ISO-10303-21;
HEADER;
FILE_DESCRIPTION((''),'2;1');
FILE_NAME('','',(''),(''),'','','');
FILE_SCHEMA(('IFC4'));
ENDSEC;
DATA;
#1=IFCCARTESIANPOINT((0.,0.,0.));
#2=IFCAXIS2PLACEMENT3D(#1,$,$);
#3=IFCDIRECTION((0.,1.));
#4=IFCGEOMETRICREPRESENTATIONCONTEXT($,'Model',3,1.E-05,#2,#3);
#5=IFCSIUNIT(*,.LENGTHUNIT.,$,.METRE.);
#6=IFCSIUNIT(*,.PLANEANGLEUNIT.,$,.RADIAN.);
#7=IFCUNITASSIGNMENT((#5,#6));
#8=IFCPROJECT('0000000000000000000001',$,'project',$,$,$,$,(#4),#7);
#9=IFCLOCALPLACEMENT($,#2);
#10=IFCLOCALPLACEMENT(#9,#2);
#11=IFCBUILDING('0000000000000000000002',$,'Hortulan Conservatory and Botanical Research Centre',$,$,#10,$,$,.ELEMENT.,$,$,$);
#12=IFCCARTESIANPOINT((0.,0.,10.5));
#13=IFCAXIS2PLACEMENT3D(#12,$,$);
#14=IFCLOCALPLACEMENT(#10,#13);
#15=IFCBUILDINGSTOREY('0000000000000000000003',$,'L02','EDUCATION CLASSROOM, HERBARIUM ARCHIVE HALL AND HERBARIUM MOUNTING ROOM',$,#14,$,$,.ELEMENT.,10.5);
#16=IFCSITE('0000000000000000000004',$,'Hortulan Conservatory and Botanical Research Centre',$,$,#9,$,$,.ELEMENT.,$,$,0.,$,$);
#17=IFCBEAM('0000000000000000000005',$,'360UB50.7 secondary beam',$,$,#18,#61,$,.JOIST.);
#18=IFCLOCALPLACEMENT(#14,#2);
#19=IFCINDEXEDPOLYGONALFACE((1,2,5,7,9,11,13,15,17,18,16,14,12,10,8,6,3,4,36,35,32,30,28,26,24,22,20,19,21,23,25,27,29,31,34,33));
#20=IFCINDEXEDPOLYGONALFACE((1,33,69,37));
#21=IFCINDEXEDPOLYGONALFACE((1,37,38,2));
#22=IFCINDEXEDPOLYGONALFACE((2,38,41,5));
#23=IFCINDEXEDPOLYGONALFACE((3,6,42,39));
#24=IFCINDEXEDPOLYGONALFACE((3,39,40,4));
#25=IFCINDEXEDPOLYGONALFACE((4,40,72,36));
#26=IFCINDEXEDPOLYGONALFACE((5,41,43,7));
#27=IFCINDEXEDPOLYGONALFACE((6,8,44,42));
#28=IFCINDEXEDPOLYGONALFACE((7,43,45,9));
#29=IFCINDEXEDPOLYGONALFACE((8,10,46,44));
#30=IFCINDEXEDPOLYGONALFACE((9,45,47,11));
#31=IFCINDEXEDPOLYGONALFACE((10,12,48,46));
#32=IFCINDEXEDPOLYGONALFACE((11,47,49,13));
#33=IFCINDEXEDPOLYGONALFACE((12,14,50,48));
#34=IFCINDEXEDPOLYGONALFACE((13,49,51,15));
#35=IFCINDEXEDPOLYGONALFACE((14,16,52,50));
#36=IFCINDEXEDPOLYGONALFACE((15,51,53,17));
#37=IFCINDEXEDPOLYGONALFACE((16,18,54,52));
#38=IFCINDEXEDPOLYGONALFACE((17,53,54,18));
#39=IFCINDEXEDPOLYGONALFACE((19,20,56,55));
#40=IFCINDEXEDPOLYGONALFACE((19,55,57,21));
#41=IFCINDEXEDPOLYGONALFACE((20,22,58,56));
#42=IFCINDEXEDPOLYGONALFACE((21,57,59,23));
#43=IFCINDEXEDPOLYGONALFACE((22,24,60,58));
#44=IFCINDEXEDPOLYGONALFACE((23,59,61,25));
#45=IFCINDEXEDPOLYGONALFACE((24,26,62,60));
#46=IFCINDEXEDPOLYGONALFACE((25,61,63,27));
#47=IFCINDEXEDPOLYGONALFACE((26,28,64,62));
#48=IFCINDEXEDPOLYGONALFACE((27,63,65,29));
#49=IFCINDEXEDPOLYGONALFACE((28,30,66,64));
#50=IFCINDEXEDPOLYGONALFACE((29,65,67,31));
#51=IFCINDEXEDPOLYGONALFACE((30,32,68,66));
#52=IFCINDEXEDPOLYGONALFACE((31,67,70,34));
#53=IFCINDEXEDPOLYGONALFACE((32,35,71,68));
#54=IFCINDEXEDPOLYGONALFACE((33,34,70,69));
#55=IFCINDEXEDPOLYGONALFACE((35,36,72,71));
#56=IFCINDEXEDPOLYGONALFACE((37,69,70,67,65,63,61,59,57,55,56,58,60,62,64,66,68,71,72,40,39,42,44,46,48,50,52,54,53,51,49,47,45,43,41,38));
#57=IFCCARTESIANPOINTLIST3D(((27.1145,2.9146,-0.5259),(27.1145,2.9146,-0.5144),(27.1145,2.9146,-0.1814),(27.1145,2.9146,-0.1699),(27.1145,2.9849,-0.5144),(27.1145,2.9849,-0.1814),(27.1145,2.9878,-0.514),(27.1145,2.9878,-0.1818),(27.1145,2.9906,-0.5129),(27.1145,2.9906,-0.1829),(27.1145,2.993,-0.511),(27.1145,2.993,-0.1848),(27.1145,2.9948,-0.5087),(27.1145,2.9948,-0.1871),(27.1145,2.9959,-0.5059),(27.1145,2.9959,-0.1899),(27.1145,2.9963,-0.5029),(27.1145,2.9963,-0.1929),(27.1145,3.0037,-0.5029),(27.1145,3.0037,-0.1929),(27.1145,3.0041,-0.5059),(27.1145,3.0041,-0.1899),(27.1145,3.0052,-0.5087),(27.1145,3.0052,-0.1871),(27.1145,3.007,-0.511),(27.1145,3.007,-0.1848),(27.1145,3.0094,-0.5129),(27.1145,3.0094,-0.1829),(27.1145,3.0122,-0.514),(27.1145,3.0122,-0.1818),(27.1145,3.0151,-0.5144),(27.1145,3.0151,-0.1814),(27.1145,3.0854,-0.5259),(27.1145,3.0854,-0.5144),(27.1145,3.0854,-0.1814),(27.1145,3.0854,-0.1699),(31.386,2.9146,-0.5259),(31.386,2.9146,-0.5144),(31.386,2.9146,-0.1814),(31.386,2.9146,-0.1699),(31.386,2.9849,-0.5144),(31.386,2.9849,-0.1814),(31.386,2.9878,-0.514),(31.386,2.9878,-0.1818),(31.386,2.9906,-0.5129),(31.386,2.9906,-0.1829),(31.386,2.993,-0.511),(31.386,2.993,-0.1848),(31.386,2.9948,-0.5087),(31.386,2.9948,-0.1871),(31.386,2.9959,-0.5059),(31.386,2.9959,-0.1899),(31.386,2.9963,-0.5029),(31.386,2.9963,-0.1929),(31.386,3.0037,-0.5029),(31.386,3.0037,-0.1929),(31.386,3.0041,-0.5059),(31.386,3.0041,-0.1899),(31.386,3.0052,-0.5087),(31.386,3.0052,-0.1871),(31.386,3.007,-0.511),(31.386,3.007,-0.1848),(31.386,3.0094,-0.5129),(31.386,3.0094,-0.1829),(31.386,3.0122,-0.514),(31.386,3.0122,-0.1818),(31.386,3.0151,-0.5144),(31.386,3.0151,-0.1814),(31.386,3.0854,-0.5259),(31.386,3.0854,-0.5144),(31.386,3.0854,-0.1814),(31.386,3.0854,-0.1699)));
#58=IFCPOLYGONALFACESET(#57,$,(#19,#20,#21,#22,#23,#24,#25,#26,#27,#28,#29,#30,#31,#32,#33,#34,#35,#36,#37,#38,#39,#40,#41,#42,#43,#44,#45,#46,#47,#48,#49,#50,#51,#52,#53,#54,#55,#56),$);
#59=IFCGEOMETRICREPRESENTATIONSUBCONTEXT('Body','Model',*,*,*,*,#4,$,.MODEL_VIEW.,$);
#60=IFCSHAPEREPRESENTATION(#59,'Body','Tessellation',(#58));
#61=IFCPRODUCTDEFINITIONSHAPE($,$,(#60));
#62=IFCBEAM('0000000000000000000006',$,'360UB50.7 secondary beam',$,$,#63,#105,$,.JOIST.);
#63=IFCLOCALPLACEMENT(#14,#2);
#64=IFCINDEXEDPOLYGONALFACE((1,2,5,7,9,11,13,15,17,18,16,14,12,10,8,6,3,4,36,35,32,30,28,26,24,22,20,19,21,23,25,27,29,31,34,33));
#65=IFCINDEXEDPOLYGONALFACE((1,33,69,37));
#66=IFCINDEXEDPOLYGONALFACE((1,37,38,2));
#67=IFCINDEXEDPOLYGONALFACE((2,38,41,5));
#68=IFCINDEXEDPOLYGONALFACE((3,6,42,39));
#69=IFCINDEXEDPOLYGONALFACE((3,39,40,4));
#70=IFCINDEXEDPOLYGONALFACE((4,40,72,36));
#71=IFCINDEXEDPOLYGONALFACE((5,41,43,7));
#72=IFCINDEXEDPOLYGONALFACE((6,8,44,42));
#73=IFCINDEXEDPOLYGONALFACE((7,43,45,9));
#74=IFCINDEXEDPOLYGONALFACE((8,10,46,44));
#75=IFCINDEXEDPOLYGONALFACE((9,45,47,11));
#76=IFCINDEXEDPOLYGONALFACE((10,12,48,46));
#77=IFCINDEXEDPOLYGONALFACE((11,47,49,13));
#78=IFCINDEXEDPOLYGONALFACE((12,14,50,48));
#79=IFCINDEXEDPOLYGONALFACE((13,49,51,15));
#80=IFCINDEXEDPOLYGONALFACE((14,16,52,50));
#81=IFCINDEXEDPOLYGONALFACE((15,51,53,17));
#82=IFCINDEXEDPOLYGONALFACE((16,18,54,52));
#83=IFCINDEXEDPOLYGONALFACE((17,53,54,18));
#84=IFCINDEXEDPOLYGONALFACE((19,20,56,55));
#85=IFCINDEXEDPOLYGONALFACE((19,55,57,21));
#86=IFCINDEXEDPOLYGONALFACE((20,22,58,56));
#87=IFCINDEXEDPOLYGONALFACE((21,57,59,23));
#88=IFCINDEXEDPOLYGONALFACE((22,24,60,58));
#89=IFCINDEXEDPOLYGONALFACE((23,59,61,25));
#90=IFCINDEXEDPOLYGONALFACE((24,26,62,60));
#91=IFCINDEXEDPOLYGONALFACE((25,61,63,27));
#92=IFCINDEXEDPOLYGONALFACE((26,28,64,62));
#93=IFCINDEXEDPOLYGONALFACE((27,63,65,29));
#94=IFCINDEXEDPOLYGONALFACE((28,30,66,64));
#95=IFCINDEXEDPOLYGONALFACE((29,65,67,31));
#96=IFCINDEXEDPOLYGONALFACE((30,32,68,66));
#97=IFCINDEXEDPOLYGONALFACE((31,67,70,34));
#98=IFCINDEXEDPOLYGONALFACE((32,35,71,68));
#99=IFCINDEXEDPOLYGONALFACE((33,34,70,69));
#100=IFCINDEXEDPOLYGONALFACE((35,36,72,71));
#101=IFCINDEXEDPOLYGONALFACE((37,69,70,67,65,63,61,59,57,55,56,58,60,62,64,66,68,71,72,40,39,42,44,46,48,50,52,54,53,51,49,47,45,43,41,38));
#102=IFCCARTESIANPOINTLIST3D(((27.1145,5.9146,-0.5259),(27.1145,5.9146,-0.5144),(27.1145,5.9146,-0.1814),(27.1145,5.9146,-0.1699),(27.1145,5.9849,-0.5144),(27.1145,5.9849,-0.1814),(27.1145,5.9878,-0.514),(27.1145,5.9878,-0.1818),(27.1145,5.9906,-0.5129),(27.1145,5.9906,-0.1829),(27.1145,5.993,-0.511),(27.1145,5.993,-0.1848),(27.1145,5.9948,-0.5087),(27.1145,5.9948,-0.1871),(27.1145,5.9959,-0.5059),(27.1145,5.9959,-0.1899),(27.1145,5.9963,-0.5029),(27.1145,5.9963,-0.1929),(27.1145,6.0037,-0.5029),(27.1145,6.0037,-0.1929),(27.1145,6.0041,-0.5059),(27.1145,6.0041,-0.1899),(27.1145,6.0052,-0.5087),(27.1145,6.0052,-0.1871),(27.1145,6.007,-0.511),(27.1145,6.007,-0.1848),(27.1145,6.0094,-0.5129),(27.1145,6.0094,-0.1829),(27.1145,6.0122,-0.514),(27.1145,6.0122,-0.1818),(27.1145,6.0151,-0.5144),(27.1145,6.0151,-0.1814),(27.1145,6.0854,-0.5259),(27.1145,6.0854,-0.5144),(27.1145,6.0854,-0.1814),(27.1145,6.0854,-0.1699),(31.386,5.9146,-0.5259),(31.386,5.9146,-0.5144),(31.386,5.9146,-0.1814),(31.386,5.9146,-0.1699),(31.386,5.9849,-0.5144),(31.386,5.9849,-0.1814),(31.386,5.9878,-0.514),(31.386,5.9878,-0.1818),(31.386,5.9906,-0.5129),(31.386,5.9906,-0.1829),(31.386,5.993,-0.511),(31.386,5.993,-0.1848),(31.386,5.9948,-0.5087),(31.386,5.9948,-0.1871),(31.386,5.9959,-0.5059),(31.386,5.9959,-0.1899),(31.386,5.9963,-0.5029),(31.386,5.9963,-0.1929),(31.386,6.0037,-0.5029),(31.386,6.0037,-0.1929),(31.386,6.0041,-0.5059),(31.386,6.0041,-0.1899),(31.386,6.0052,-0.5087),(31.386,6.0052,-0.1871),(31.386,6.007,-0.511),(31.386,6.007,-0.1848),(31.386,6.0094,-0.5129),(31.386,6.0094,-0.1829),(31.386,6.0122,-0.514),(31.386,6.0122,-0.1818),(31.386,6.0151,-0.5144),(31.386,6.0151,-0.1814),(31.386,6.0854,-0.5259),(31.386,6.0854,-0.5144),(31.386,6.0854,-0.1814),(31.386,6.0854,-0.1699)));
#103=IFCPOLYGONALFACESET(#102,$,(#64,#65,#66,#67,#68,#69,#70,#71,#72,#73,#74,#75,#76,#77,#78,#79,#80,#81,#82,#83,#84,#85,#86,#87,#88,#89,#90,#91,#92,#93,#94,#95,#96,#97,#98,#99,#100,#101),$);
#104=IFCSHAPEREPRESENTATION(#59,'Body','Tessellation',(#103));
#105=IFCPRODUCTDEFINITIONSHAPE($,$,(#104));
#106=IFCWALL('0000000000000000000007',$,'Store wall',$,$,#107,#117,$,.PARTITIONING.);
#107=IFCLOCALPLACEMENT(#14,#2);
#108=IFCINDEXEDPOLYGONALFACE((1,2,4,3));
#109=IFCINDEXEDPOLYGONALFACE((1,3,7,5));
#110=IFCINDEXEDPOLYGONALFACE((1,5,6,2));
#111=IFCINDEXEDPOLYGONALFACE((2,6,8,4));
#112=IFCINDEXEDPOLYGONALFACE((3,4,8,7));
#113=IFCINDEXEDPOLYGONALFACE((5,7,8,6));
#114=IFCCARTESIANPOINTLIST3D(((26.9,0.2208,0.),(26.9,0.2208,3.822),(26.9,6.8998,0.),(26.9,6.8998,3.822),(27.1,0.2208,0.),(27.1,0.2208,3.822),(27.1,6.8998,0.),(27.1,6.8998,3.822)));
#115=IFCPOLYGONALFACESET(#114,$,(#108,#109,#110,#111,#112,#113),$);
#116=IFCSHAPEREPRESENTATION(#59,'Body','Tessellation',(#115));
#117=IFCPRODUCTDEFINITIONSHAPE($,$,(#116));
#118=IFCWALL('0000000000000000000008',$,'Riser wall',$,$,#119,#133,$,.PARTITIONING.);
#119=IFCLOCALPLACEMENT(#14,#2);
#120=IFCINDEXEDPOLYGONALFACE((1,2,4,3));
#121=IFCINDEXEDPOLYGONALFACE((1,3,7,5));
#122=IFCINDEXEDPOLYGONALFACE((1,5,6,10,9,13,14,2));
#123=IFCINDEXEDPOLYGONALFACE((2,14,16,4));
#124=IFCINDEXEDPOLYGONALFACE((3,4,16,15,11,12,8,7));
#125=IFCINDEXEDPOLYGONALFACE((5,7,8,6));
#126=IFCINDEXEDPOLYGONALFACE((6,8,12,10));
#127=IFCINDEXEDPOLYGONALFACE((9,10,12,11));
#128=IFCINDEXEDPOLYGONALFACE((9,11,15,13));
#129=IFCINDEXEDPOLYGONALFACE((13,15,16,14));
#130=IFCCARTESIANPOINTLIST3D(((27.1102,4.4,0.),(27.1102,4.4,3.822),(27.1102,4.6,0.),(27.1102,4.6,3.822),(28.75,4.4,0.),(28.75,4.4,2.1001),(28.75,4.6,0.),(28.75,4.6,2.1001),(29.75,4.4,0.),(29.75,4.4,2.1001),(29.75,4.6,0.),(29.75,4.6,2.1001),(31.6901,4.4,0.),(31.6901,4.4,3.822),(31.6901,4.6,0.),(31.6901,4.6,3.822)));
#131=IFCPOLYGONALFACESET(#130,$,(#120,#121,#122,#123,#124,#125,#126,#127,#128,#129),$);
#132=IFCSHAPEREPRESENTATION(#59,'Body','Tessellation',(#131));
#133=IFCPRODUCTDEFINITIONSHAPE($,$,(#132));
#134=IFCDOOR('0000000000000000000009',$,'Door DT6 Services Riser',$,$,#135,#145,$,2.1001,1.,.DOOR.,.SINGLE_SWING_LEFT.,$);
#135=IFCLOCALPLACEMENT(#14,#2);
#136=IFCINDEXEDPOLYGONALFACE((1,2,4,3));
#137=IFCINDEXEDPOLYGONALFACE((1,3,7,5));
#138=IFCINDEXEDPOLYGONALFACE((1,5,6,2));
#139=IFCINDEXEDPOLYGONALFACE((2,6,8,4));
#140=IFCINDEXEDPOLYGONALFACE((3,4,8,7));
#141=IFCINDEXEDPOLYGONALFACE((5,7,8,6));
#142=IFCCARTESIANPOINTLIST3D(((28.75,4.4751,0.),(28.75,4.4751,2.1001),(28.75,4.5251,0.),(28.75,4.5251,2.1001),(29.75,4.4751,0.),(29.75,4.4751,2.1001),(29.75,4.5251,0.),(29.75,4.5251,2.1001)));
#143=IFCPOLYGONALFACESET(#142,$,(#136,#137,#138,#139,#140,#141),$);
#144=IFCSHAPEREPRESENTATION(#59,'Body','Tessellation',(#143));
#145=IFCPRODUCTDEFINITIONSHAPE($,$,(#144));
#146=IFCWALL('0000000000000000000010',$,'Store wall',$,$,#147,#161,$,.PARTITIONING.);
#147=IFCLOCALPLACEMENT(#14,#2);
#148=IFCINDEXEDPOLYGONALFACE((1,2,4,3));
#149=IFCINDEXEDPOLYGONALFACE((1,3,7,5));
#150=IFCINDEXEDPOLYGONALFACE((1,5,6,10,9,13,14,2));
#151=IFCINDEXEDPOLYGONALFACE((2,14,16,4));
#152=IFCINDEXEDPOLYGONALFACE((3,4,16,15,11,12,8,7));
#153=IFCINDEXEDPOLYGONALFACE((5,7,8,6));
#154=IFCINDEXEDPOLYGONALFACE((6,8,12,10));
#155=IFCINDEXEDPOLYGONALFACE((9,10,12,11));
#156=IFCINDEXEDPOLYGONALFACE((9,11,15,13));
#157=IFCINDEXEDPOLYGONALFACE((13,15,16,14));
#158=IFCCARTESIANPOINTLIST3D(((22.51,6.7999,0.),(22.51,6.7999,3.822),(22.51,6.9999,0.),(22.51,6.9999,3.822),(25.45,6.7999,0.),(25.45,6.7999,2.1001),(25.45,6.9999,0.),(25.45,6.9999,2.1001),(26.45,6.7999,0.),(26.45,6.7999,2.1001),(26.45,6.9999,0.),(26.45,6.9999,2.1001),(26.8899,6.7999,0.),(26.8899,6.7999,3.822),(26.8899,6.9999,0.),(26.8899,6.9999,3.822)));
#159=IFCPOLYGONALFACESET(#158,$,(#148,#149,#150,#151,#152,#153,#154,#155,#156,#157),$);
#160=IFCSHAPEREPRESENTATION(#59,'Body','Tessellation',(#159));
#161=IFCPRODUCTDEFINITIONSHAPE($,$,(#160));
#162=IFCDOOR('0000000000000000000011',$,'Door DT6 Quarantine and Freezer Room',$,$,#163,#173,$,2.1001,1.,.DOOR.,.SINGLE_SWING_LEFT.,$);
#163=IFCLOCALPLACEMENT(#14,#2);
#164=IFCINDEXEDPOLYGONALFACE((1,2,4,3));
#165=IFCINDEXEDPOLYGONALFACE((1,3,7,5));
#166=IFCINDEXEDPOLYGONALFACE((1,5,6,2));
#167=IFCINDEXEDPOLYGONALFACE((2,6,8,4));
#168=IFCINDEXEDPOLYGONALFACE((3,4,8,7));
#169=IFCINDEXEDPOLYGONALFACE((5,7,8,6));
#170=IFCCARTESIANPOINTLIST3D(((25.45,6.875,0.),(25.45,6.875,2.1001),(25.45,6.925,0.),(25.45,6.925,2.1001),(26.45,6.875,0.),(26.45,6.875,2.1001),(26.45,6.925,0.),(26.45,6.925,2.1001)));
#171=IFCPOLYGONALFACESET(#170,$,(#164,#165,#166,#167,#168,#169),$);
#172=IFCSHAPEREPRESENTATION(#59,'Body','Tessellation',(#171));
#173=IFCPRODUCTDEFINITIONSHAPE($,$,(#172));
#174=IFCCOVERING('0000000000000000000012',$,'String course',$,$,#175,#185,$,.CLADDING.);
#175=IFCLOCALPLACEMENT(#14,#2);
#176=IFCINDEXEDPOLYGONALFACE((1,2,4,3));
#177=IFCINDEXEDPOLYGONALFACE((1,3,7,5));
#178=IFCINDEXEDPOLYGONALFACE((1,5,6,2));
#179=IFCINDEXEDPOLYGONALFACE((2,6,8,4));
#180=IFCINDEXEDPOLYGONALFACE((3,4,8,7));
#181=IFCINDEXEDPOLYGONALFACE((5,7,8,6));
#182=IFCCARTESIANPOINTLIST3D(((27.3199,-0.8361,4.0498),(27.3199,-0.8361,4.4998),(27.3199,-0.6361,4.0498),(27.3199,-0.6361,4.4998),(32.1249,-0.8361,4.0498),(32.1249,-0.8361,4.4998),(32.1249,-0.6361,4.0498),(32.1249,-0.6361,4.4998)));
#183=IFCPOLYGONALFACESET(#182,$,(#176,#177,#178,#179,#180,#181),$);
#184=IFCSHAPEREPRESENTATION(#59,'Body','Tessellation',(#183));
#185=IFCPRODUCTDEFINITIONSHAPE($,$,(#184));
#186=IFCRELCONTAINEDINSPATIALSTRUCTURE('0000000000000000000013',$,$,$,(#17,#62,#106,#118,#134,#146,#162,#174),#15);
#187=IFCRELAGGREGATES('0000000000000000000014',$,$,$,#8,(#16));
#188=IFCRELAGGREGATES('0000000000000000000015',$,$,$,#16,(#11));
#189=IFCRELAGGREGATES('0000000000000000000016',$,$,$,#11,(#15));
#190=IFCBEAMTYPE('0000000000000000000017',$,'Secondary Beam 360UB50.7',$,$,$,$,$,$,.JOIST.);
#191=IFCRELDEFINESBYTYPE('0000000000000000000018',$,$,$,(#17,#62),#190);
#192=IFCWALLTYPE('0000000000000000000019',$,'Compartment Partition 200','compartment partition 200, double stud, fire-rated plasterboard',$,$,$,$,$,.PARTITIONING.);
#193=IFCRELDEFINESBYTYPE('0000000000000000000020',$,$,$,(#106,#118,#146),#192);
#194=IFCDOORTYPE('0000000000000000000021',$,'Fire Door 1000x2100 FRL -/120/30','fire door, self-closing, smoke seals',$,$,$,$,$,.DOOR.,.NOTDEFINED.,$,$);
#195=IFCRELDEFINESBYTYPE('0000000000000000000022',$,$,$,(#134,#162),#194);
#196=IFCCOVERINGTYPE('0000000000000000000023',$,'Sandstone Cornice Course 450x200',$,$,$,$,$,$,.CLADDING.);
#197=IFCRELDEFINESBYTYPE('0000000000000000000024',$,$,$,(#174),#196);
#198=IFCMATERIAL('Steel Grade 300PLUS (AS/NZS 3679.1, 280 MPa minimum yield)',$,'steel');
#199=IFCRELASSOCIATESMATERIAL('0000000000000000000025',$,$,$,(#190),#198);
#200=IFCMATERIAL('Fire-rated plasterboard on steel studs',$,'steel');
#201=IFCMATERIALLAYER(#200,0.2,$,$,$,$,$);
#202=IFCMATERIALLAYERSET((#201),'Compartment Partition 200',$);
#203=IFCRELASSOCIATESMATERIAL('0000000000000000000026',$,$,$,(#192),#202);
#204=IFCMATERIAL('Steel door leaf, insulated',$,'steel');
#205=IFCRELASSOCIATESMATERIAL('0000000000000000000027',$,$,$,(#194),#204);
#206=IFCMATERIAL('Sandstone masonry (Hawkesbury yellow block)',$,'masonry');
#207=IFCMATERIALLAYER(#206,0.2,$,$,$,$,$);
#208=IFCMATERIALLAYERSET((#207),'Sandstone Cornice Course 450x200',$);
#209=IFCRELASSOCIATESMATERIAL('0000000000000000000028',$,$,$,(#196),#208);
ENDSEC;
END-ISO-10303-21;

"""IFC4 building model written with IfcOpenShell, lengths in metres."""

from ifc_helpers import new_model, si_unit, direction, frame, frame_2d, origin, origin_2d, place, context, subcontext, project, spatial, rectangle, i_section, extrude, material, layer, layer_set, material_profile, profile_set, type_object, element, fill, save


model = new_model("IFC4")

# Units and contexts
model_context = context("Model", 3, precision=1e-05, world=origin(), true_north=direction((0.0, 1.0)))
body_context = subcontext(model_context, "Body", "Model", "MODEL_VIEW")
ifc_project = project(units=[si_unit("LENGTHUNIT", "METRE"), si_unit("PLANEANGLEUNIT", "RADIAN")], contexts=[model_context])

# Site, building, storey
site_placement = place(None, origin())
site = spatial("IfcSite", under=ifc_project, at=site_placement, Name="Hortulan Conservatory and Botanical Research Centre", CompositionType="ELEMENT", RefElevation=0.0)
building_placement = place(site_placement, origin())
building = spatial("IfcBuilding", under=site, at=building_placement, Name="Hortulan Conservatory and Botanical Research Centre", CompositionType="ELEMENT")
storey_placement = place(building_placement, frame((0.0, 0.0, 10.5)))
storey = spatial("IfcBuildingStorey", under=building, at=storey_placement, Name="L02", Description="EDUCATION CLASSROOM, HERBARIUM ARCHIVE HALL AND HERBARIUM MOUNTING ROOM", CompositionType="ELEMENT", Elevation=10.5)

# Beams
ifc_material_1 = material(Name="Steel Grade 300PLUS (AS/NZS 3679.1, 280 MPa minimum yield)", Category="steel")
ifc_material_profile_1 = material_profile(ifc_material_1, i_section(OverallWidth=0.1709, OverallDepth=0.356, WebThickness=0.0073, FlangeThickness=0.0115, FilletRadius=0.0115, at=origin_2d()), Name="360UB50.7")
ifc_profile_set_1 = profile_set([ifc_material_profile_1], Name="Steel Grade 300PLUS (AS/NZS 3679.1, 280 MPa minimum yield)")
beam_type_1 = type_object("IfcBeamType", Name="Secondary Beam 360UB50.7", PredefinedType="JOIST", material=ifc_profile_set_1)
for number, where, z_axis, x_axis, name in (
    (1, (27.1145, 3.0, -0.3479), (1.0, 0.0, 0.0), (0.0, 1.0, 0.0), "360UB50.7 secondary beam"),
    (2, (27.1145, 6.0, -0.3479), (1.0, 0.0, 0.0), (0.0, 1.0, 0.0), "360UB50.7 secondary beam"),
):
    element("IfcBeam", number, at=place(storey_placement, frame(where, z_axis=z_axis, x_axis=x_axis)), inside=storey, type_object=beam_type_1, Name=name, PredefinedType="JOIST", context=body_context, shape_type="SweptSolid", body=[
        extrude(i_section(OverallWidth=0.1709, OverallDepth=0.356, WebThickness=0.0073, FlangeThickness=0.0115, FilletRadius=0.0115, at=origin_2d()), origin(), (0.0, 0.0, 1.0), 4.2715),
    ])

# Wall
ifc_material_2 = material(Name="Fire-rated plasterboard on steel studs", Category="steel")
ifc_layer_1 = layer(ifc_material_2, 0.2)
ifc_layer_set_1 = layer_set([ifc_layer_1], Name="Compartment Partition 200")
wall_type = type_object("IfcWallType", Name="Compartment Partition 200", Description="compartment partition 200, double stud, fire-rated plasterboard", PredefinedType="PARTITIONING", material=ifc_layer_set_1)
wall_1_placement = place(storey_placement, frame((27.0, 0.2209, 0.0), z_axis=(0.0, 0.0, 1.0), x_axis=(0.0, 1.0, 0.0)))
element("IfcWall", 3, at=wall_1_placement, inside=storey, type_object=wall_type, Name="Store wall", PredefinedType="PARTITIONING", context=body_context, shape_type="SweptSolid", body=[
    extrude(rectangle(XDim=6.679, YDim=0.2, at=frame_2d((3.3394, 0.0))), origin(), (0.0, 0.0, 1.0), 3.822),
])

# Walls, openings, doors
wall_2_placement = place(storey_placement, frame((27.1101, 4.5, 0.0), z_axis=(0.0, 0.0, 1.0), x_axis=(1.0, 0.0, 0.0)))
wall_2 = element("IfcWall", 4, at=wall_2_placement, inside=storey, type_object=wall_type, Name="Riser wall", PredefinedType="PARTITIONING", context=body_context, shape_type="SweptSolid", body=[
    extrude(rectangle(XDim=4.5798, YDim=0.2, at=frame_2d((2.29, 0.0))), origin(), (0.0, 0.0, 1.0), 3.822),
])
opening_1_placement = place(wall_2_placement, frame((1.6399, 0.0, 0.0)))
opening_1 = element("IfcOpeningElement", 5, at=opening_1_placement, cuts=wall_2, PredefinedType="OPENING", context=body_context, shape_type="SweptSolid", body=[
    extrude(rectangle(XDim=1.0, YDim=2.1001, at=frame_2d((0.5, 1.05))), frame((0.0, 0.1099, 0.0), z_axis=(0.0, -1.0, 0.0), x_axis=(1.0, 0.0, 0.0)), (0.0, 0.0, 1.0), 0.22),
])
ifc_material_3 = material(Name="Steel door leaf, insulated", Category="steel")
door_type = type_object("IfcDoorType", Name="Fire Door 1000x2100 FRL -/120/30", Description="fire door, self-closing, smoke seals", OperationType="NOTDEFINED", PredefinedType="DOOR", material=ifc_material_3)
door_1_placement = place(opening_1_placement, frame((1.0, 0.0, 0.0), z_axis=(0.0, 0.0, 1.0), x_axis=(-1.0, 0.0, 0.0)))
door_1 = element("IfcDoor", 6, at=door_1_placement, inside=storey, type_object=door_type, Name="Door DT6 Services Riser", OperationType="SINGLE_SWING_LEFT", OverallHeight=2.1001, OverallWidth=1.0, PredefinedType="DOOR", context=body_context, shape_type="SweptSolid", body=[
    extrude(rectangle(XDim=1.0, YDim=2.1001, at=frame_2d((0.5, 1.05))), frame((0.0, 0.0249, 0.0), z_axis=(0.0, -1.0, 0.0), x_axis=(1.0, 0.0, 0.0)), (0.0, 0.0, 1.0), 0.05),
])
fill(opening_1, door_1)
wall_3_placement = place(storey_placement, frame((22.51, 6.8999, 0.0), z_axis=(0.0, 0.0, 1.0), x_axis=(1.0, 0.0, 0.0)))
wall_3 = element("IfcWall", 7, at=wall_3_placement, inside=storey, type_object=wall_type, Name="Store wall", PredefinedType="PARTITIONING", context=body_context, shape_type="SweptSolid", body=[
    extrude(rectangle(XDim=4.3799, YDim=0.2, at=frame_2d((2.1899, 0.0))), origin(), (0.0, 0.0, 1.0), 3.822),
])
opening_2_placement = place(wall_3_placement, frame((2.9399, 0.0, 0.0)))
opening_2 = element("IfcOpeningElement", 8, at=opening_2_placement, cuts=wall_3, PredefinedType="OPENING", context=body_context, shape_type="SweptSolid", body=[
    extrude(rectangle(XDim=1.0, YDim=2.1001, at=frame_2d((0.5, 1.05))), frame((0.0, 0.1099, 0.0), z_axis=(0.0, -1.0, 0.0), x_axis=(1.0, 0.0, 0.0)), (0.0, 0.0, 1.0), 0.22),
])
door_2_placement = place(opening_2_placement, frame((1.0, 0.0, 0.0), z_axis=(0.0, 0.0, 1.0), x_axis=(-1.0, 0.0, 0.0)))
door_2 = element("IfcDoor", 9, at=door_2_placement, inside=storey, type_object=door_type, Name="Door DT6 Quarantine and Freezer Room", OperationType="SINGLE_SWING_LEFT", OverallHeight=2.1001, OverallWidth=1.0, PredefinedType="DOOR", context=body_context, shape_type="SweptSolid", body=[
    extrude(rectangle(XDim=1.0, YDim=2.1001, at=frame_2d((0.5, 1.05))), frame((0.0, 0.0249, 0.0), z_axis=(0.0, -1.0, 0.0), x_axis=(1.0, 0.0, 0.0)), (0.0, 0.0, 1.0), 0.05),
])
fill(opening_2, door_2)

# Covering
ifc_material_4 = material(Name="Sandstone masonry (Hawkesbury yellow block)", Category="masonry")
ifc_layer_2 = layer(ifc_material_4, 0.2)
ifc_layer_set_2 = layer_set([ifc_layer_2], Name="Sandstone Cornice Course 450x200")
covering_type_1 = type_object("IfcCoveringType", Name="Sandstone Cornice Course 450x200", PredefinedType="CLADDING", material=ifc_layer_set_2)
covering_1_placement = place(storey_placement, frame((29.7224, -0.7361, 4.0498), z_axis=(0.0, 0.0, 1.0), x_axis=(-1.0, 0.0, 0.0)))
element("IfcCovering", 10, at=covering_1_placement, inside=storey, type_object=covering_type_1, Name="String course", PredefinedType="CLADDING", context=body_context, shape_type="SweptSolid", body=[
    extrude(rectangle(XDim=4.8049, YDim=0.2, at=origin_2d()), origin(), (0.0, 0.0, 1.0), 0.45),
])

save(model, "model.ifc")
